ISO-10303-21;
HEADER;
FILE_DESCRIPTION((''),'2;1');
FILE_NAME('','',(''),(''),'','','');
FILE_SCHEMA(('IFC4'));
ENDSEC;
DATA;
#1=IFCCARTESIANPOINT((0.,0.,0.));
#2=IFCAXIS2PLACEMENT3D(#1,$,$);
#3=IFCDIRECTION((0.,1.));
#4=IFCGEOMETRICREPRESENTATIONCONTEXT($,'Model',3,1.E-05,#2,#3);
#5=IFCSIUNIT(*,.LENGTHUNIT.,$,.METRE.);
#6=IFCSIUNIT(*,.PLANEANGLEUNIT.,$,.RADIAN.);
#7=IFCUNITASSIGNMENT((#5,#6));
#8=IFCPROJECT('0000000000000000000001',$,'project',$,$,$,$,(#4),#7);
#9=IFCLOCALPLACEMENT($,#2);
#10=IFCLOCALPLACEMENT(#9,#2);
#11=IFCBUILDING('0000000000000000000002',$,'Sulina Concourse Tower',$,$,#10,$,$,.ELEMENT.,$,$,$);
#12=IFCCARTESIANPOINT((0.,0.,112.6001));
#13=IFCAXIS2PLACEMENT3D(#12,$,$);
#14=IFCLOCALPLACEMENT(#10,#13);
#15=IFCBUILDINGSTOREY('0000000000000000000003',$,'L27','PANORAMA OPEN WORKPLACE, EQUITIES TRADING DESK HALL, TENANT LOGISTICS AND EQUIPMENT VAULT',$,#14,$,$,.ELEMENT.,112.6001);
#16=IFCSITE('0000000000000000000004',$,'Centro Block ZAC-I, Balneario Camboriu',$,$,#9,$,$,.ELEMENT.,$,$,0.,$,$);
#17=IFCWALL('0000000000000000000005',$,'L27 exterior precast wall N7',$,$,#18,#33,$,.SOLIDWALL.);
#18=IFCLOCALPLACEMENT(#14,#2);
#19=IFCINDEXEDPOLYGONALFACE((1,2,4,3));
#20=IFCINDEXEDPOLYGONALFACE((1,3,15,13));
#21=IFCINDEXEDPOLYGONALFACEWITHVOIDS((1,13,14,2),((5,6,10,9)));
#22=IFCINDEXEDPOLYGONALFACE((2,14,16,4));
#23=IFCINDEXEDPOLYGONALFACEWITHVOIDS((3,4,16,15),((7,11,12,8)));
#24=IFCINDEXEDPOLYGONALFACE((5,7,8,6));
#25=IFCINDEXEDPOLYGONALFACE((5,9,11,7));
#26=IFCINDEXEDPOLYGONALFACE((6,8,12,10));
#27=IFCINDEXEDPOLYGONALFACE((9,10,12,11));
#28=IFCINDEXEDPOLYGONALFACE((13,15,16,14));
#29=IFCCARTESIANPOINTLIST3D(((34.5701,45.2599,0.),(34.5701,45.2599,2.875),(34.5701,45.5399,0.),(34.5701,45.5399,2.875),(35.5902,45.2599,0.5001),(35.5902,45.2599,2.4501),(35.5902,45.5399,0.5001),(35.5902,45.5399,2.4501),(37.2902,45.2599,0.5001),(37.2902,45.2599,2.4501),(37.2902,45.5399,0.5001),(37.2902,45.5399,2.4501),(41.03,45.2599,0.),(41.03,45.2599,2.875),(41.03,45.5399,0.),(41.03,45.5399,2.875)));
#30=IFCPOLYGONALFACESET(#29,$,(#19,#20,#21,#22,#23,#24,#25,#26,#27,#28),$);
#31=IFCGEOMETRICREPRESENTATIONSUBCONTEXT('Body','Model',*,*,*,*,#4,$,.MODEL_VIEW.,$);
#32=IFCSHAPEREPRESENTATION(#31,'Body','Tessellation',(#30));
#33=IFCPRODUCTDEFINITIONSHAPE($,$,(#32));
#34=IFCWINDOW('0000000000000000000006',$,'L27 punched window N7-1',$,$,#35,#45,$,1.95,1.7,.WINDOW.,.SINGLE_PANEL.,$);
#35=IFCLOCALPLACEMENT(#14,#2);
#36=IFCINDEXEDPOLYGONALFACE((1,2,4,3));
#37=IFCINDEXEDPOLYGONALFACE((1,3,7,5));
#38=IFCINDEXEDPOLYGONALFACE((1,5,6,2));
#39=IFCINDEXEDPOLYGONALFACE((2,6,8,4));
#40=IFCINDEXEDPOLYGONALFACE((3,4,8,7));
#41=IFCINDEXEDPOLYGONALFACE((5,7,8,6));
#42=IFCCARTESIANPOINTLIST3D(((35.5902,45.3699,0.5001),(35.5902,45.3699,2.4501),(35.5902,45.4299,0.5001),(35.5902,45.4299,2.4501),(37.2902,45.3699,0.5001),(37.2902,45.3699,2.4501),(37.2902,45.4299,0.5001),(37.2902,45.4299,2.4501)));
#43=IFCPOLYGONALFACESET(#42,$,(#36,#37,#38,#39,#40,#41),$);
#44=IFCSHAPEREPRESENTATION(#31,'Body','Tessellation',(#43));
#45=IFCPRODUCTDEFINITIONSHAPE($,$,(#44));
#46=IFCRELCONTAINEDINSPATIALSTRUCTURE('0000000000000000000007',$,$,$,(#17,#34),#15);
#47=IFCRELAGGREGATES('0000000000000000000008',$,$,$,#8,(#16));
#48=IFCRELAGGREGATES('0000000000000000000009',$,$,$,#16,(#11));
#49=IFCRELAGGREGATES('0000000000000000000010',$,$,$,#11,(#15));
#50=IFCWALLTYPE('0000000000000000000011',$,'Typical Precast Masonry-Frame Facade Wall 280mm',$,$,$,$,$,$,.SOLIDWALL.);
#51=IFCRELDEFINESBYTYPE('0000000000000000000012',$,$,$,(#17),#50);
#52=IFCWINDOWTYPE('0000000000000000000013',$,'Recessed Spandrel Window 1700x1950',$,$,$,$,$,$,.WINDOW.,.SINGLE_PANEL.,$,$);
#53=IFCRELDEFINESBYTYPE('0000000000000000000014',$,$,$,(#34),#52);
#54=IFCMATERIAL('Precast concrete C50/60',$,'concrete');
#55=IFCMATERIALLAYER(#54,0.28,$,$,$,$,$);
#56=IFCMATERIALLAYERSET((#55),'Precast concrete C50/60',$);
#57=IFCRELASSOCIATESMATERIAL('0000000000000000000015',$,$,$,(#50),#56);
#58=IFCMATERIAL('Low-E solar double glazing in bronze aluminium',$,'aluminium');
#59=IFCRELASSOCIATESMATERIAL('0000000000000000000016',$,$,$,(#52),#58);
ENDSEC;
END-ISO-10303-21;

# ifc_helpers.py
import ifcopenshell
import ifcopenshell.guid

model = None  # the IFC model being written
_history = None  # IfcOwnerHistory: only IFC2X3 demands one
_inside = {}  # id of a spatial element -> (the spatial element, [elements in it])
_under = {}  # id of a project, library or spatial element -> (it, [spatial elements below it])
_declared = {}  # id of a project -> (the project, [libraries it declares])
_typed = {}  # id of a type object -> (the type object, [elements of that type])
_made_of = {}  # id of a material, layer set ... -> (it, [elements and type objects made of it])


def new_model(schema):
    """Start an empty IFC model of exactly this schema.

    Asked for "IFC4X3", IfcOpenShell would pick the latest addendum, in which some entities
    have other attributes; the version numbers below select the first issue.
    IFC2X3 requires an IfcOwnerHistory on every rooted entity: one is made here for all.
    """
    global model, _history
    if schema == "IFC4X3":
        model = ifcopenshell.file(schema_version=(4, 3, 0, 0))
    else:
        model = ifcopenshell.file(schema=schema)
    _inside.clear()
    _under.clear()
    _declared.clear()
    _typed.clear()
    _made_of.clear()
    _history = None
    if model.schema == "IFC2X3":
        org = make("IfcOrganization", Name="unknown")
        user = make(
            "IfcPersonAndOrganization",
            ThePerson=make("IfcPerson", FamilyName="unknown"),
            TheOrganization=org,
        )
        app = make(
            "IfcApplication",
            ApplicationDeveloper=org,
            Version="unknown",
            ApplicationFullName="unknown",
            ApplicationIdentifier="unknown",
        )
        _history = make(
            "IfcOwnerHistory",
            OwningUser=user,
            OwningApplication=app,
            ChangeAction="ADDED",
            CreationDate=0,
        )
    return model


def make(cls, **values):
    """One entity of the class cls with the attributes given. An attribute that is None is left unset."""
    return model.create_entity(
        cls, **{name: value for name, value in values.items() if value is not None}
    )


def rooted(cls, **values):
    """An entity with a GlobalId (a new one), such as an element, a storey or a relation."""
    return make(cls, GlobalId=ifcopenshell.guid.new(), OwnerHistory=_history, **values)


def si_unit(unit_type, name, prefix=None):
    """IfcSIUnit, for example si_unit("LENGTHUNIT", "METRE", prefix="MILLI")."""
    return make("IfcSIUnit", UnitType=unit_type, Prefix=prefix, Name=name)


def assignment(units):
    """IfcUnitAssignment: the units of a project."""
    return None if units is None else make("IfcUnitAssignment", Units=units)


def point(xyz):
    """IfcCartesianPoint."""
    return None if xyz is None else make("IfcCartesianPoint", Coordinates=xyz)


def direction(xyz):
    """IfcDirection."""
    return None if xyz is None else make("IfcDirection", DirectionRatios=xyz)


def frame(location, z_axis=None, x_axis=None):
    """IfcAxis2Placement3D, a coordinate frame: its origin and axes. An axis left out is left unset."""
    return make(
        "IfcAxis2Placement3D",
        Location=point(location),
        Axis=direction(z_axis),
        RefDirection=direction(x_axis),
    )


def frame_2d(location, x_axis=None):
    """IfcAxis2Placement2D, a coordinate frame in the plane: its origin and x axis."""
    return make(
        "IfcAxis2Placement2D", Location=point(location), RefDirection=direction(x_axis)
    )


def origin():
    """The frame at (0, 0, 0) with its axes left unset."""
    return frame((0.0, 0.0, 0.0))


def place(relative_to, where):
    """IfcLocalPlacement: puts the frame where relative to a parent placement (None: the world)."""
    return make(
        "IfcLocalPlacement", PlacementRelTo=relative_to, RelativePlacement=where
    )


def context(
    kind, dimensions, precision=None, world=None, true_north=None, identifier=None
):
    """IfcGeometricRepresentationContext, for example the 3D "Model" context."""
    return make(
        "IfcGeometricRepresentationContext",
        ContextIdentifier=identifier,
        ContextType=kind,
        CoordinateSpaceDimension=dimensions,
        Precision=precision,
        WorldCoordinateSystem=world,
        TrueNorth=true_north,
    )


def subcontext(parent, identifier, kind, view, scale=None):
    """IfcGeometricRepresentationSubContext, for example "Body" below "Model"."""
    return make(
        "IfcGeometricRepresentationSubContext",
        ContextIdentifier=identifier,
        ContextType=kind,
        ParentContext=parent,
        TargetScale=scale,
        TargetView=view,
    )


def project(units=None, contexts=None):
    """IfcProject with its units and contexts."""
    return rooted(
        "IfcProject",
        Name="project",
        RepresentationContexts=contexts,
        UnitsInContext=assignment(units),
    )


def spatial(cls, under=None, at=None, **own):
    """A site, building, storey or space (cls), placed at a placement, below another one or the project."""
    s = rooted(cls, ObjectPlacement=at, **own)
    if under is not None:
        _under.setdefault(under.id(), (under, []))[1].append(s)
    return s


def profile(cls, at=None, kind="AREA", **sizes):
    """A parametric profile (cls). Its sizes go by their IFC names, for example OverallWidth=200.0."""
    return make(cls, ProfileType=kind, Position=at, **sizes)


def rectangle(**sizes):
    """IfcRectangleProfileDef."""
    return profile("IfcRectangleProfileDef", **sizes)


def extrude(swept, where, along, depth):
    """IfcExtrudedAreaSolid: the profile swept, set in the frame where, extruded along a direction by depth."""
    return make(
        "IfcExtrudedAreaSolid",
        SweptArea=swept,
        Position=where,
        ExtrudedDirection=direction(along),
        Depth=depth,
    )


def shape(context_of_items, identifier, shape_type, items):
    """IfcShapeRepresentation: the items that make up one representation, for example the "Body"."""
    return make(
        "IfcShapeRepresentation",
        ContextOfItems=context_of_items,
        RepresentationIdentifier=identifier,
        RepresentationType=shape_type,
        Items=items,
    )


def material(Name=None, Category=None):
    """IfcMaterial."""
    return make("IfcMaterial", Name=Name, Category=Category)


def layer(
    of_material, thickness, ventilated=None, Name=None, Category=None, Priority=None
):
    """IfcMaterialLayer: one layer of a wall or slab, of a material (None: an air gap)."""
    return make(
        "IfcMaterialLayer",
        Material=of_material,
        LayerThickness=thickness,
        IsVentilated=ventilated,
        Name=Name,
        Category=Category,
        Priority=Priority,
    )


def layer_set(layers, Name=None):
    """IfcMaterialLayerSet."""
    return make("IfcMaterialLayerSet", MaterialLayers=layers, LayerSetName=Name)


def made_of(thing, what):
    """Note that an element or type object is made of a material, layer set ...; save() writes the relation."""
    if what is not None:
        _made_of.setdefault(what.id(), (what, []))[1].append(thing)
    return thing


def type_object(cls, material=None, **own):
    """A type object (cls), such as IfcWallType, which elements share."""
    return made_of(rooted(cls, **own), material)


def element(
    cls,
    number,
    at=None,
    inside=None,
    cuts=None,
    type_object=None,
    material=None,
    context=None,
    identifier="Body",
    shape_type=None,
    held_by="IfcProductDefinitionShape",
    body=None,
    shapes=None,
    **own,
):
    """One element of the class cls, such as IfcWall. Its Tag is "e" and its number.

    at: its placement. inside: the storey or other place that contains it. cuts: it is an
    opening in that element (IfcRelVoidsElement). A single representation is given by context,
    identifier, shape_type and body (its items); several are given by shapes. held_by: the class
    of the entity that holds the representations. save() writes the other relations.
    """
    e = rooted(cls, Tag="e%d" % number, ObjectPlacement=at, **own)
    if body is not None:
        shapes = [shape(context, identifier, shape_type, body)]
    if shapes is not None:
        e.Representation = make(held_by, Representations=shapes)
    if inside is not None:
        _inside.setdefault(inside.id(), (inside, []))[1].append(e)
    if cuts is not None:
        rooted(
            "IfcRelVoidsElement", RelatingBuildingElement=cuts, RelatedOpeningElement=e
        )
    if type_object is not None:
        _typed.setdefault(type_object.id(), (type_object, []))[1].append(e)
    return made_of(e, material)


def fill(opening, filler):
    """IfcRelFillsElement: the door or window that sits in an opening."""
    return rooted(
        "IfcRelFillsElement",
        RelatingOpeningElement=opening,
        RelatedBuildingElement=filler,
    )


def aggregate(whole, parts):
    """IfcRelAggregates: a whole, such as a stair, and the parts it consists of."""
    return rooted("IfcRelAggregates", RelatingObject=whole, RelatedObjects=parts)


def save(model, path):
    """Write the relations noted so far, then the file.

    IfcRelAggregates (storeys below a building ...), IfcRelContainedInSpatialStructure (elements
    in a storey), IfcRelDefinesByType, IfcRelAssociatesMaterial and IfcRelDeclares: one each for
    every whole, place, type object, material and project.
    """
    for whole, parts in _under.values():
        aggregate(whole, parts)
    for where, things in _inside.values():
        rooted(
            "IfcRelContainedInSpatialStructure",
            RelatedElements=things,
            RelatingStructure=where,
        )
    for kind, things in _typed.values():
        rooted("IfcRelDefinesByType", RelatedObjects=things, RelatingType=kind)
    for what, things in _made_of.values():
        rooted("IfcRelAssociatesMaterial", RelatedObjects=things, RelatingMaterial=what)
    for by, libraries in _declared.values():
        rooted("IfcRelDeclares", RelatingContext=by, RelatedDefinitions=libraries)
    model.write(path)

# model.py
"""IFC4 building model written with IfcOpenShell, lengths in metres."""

from ifc_helpers import new_model, si_unit, direction, frame, frame_2d, origin, place, context, subcontext, project, spatial, rectangle, extrude, material, layer, layer_set, type_object, element, fill, save


model = new_model("IFC4")

# Units and contexts
model_context = context("Model", 3, precision=1e-05, world=origin(), true_north=direction((0.0, 1.0)))
body_context = subcontext(model_context, "Body", "Model", "MODEL_VIEW")
ifc_project = project(units=[si_unit("LENGTHUNIT", "METRE"), si_unit("PLANEANGLEUNIT", "RADIAN")], contexts=[model_context])

# Site, building, storey
site_placement = place(None, origin())
site = spatial("IfcSite", under=ifc_project, at=site_placement, Name="Centro Block ZAC-I, Balneario Camboriu", CompositionType="ELEMENT", RefElevation=0.0)
building_placement = place(site_placement, origin())
building = spatial("IfcBuilding", under=site, at=building_placement, Name="Sulina Concourse Tower", CompositionType="ELEMENT")
storey_placement = place(building_placement, frame((0.0, 0.0, 112.6001)))
storey = spatial("IfcBuildingStorey", under=building, at=storey_placement, Name="L27", Description="PANORAMA OPEN WORKPLACE, EQUITIES TRADING DESK HALL, TENANT LOGISTICS AND EQUIPMENT VAULT", CompositionType="ELEMENT", Elevation=112.6001)

# Shared definitions
ifc_material_1 = material(Name="Precast concrete C50/60", Category="concrete")
ifc_layer_1 = layer(ifc_material_1, 0.28)
ifc_layer_set_1 = layer_set([ifc_layer_1], Name="Precast concrete C50/60")
wall_type_1 = type_object("IfcWallType", Name="Typical Precast Masonry-Frame Facade Wall 280mm", PredefinedType="SOLIDWALL", material=ifc_layer_set_1)
ifc_material_2 = material(Name="Low-E solar double glazing in bronze aluminium", Category="aluminium")
window_type = type_object("IfcWindowType", Name="Recessed Spandrel Window 1700x1950", PartitioningType="SINGLE_PANEL", PredefinedType="WINDOW", material=ifc_material_2)

# Wall, opening, window
wall_1_placement = place(storey_placement, frame((34.5701, 45.3999, 0.0), z_axis=(0.0, 0.0, 1.0), x_axis=(1.0, 0.0, 0.0)))
wall_1 = element("IfcWall", 1, at=wall_1_placement, inside=storey, type_object=wall_type_1, Name="L27 exterior precast wall N7", PredefinedType="SOLIDWALL", context=body_context, shape_type="SweptSolid", body=[
    extrude(rectangle(XDim=6.46, YDim=0.28, at=frame_2d((3.23, 0.0))), origin(), (0.0, 0.0, 1.0), 2.875),
])
opening_1_placement = place(wall_1_placement, frame((1.02, 0.0, 0.5)))
opening_1 = element("IfcOpeningElement", 2, at=opening_1_placement, cuts=wall_1, PredefinedType="OPENING", context=body_context, shape_type="SweptSolid", body=[
    extrude(rectangle(XDim=1.7, YDim=1.95, at=frame_2d((0.8501, 0.9751))), frame((0.0, 0.1499, 0.0), z_axis=(0.0, -1.0, 0.0), x_axis=(1.0, 0.0, 0.0)), (0.0, 0.0, 1.0), 0.3),
])
window_1_placement = place(opening_1_placement, origin())
window_1 = element("IfcWindow", 3, at=window_1_placement, inside=storey, type_object=window_type, Name="L27 punched window N7-1", OverallHeight=1.95, OverallWidth=1.7, PartitioningType="SINGLE_PANEL", PredefinedType="WINDOW", context=body_context, shape_type="SweptSolid", body=[
    extrude(rectangle(XDim=1.7, YDim=1.95, at=frame_2d((0.8501, 0.9751))), frame((0.0, 0.03, 0.0), z_axis=(0.0, -1.0, 0.0), x_axis=(1.0, 0.0, 0.0)), (0.0, 0.0, 1.0), 0.0601),
])
fill(opening_1, window_1)

save(model, "model.ifc")
